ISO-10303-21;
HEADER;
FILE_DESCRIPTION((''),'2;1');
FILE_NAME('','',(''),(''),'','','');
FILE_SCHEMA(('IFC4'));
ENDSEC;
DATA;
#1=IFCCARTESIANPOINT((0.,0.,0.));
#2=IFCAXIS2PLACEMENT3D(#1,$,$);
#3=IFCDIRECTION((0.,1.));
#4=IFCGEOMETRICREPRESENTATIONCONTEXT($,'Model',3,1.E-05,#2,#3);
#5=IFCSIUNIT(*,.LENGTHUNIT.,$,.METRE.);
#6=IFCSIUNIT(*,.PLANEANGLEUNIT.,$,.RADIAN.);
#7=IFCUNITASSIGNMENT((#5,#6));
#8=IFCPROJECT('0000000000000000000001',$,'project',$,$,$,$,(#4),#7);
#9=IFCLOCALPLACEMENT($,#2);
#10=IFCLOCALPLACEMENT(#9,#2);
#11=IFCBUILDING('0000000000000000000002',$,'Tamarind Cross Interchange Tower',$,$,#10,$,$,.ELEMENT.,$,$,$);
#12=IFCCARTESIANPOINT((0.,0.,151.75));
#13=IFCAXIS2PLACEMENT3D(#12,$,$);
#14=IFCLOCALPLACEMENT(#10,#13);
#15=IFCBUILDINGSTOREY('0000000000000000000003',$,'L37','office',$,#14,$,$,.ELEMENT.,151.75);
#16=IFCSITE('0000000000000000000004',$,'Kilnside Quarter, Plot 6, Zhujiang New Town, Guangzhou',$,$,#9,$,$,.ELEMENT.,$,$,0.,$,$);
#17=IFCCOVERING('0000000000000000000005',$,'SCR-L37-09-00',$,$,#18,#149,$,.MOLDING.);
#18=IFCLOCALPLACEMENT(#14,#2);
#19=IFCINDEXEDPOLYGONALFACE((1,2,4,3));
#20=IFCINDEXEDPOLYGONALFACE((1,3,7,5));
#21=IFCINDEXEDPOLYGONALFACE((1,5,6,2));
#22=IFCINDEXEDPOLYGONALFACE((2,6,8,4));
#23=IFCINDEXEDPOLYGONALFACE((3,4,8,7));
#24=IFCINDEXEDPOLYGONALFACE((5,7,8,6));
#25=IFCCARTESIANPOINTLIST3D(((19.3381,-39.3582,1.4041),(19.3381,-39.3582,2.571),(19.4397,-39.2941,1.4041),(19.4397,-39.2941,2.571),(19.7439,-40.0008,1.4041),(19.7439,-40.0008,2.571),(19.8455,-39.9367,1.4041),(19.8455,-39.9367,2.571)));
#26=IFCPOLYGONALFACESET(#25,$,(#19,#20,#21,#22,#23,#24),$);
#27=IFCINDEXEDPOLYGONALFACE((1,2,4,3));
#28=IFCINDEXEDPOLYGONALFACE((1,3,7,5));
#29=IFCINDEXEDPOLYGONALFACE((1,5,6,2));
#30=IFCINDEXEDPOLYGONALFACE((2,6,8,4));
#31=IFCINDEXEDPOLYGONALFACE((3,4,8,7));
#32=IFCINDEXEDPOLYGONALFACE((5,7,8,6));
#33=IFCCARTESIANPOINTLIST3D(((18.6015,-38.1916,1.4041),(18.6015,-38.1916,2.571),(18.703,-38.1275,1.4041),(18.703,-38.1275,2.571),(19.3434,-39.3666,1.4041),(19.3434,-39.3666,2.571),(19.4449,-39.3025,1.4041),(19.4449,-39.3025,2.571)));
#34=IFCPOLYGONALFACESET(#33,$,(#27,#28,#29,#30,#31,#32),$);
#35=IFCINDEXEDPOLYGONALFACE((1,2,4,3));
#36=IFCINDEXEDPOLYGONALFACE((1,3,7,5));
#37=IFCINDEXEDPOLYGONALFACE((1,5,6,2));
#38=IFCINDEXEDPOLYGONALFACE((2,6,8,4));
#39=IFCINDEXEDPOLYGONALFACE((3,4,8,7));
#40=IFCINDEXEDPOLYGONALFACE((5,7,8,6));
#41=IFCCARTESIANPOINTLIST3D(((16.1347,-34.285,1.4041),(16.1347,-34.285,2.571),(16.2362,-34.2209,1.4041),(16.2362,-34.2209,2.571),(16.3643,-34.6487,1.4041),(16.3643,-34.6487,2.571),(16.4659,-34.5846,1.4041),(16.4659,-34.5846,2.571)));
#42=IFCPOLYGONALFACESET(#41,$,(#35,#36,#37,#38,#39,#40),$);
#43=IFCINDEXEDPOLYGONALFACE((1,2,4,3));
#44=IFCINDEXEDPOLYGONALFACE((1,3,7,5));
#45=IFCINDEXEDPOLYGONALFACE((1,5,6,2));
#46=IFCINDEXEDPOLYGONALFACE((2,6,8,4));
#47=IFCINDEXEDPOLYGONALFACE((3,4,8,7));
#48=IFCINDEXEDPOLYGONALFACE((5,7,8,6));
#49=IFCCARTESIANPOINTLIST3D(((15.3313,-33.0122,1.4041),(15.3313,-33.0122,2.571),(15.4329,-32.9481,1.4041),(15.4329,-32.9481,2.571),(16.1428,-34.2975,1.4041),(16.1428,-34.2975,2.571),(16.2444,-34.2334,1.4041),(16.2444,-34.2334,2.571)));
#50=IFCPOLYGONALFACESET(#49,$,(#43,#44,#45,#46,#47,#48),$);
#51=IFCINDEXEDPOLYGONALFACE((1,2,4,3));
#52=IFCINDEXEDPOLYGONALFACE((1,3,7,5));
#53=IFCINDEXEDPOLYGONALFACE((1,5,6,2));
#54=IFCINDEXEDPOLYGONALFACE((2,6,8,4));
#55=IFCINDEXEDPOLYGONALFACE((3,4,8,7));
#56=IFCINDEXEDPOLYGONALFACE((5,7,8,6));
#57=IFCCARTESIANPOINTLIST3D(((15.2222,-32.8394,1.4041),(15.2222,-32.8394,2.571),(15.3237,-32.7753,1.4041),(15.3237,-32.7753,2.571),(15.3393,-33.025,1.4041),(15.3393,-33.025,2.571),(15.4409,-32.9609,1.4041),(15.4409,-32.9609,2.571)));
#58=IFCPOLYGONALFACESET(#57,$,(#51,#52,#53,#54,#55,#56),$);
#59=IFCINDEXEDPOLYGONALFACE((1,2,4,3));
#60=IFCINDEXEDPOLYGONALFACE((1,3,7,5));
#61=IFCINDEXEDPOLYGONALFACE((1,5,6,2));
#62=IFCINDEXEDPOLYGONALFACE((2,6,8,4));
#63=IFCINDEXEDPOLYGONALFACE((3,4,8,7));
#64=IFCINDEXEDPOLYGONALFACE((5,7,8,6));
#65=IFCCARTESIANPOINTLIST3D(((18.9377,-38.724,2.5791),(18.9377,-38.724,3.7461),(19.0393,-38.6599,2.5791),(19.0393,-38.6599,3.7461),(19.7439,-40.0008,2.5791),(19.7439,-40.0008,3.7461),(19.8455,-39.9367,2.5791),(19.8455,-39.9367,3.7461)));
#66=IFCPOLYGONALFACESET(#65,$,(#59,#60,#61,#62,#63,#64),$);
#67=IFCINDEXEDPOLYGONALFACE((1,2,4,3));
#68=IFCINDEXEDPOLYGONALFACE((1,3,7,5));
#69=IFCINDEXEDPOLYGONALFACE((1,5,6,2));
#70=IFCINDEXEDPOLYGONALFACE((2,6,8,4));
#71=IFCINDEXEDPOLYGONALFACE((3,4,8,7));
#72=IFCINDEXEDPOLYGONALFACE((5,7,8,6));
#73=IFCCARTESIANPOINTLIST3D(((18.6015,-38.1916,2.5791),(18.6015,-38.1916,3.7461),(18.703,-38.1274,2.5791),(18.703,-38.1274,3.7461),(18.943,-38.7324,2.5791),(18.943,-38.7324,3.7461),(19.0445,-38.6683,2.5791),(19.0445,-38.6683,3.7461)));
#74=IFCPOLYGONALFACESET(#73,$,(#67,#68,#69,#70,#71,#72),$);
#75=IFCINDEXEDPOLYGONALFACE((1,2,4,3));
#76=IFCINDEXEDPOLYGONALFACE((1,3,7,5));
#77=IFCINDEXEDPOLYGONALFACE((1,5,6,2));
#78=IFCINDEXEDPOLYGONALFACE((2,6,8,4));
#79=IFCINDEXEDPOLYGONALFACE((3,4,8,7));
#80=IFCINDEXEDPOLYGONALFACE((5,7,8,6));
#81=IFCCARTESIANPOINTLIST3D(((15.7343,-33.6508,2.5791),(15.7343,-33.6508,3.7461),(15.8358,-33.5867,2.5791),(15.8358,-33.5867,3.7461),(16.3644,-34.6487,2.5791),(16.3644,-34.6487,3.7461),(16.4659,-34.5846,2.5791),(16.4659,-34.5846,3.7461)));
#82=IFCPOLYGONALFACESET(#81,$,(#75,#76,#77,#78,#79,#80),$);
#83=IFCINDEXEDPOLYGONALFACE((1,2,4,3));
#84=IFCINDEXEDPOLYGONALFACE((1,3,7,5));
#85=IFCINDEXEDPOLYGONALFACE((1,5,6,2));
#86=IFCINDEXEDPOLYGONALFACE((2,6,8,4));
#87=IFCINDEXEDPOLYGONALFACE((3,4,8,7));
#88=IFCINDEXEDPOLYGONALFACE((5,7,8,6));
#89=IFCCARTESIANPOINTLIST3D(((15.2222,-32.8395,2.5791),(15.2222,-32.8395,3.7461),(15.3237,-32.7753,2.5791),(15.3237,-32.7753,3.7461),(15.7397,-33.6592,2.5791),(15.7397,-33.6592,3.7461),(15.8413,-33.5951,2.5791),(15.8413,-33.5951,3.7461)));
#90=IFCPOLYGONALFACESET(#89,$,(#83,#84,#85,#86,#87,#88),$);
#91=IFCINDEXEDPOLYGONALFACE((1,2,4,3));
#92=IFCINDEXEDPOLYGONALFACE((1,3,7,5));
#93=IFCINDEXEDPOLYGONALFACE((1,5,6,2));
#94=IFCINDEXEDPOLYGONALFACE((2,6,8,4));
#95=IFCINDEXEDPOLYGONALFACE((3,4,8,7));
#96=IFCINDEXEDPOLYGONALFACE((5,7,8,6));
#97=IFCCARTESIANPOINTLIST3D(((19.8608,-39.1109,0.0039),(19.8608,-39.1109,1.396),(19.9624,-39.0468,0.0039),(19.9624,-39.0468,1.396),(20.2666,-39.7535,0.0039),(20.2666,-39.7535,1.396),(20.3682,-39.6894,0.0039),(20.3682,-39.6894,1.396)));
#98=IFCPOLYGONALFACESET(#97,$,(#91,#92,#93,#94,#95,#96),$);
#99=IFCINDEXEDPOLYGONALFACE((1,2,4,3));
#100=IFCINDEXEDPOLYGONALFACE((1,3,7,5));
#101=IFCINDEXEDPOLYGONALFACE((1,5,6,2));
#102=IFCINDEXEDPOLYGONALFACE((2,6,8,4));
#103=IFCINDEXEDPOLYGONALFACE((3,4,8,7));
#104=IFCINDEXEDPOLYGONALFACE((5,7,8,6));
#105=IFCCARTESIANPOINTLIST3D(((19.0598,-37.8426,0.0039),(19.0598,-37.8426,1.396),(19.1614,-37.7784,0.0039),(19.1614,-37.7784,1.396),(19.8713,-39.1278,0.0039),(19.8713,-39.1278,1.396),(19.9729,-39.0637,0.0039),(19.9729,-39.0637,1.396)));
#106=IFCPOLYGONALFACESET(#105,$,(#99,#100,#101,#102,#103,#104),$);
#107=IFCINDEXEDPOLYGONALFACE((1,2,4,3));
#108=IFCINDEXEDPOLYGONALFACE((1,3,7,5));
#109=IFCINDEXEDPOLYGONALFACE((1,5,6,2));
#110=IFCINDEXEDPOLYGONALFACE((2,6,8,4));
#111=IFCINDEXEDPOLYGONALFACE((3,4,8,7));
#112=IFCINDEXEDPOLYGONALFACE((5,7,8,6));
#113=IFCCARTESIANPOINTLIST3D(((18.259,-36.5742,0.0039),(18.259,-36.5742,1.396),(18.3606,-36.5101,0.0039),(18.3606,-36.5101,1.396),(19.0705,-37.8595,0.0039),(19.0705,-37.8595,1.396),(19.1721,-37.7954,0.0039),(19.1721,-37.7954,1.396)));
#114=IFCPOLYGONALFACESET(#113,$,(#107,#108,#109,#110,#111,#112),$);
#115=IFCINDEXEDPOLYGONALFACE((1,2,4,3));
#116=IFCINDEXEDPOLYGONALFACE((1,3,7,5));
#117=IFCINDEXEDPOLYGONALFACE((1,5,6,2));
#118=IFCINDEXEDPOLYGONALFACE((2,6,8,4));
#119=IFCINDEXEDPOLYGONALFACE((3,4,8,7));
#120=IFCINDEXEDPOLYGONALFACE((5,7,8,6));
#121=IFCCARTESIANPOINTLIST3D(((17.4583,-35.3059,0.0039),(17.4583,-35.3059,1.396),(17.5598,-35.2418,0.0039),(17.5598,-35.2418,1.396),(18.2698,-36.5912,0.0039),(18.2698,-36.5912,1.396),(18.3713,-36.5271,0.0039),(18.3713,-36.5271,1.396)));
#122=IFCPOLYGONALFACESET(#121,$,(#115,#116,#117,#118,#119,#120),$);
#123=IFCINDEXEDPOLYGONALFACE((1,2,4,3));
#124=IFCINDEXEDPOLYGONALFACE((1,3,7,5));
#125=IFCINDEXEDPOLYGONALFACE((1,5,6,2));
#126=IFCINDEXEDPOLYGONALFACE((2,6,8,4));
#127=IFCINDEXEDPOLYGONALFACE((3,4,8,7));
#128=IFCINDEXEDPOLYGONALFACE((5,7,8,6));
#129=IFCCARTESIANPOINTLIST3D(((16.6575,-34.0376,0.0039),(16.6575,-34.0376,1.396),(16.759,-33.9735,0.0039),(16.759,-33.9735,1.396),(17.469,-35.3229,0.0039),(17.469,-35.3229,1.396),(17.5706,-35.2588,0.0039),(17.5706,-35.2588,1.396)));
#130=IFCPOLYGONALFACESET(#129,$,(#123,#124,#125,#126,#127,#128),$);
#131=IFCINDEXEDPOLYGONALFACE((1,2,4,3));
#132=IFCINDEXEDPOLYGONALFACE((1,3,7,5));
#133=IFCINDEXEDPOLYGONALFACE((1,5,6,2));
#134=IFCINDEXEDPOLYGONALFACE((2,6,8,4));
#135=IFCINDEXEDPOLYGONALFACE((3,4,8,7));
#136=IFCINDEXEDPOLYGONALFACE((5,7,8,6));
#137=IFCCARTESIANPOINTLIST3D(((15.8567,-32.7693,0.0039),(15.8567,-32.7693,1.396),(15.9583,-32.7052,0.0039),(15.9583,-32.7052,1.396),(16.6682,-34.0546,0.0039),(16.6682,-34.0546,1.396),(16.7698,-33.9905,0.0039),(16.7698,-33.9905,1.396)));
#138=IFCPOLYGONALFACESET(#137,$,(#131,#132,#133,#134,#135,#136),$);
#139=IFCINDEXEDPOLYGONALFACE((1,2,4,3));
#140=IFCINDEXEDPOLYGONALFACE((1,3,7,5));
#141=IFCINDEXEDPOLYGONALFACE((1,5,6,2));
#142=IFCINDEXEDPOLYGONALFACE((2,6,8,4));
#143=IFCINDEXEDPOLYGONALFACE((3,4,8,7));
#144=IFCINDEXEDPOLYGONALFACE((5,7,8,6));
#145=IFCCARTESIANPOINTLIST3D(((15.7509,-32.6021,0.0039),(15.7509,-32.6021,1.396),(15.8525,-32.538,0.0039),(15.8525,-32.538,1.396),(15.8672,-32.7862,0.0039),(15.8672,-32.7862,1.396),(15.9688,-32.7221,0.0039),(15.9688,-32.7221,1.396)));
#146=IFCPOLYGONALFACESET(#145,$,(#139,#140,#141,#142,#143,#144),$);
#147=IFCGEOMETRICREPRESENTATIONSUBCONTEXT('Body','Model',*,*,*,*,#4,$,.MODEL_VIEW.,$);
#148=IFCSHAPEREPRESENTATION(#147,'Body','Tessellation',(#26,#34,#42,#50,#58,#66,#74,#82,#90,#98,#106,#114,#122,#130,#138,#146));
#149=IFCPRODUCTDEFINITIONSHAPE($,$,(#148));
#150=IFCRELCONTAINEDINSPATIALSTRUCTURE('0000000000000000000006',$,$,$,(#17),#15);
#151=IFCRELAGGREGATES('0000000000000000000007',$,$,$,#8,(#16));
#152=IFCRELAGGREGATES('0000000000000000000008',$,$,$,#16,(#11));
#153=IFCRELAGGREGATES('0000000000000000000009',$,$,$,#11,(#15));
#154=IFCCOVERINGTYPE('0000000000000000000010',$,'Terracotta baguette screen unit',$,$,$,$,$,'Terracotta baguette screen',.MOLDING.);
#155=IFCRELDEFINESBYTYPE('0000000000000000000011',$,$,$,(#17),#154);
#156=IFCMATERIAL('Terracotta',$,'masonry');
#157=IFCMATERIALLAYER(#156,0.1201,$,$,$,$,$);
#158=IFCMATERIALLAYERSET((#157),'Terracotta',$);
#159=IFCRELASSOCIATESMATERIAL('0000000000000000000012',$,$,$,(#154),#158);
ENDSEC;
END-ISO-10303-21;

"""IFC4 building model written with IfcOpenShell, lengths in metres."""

from ifc_helpers import new_model, si_unit, direction, frame, origin, origin_2d, place, context, subcontext, project, spatial, rectangle, extrude, material, layer, layer_set, type_object, element, save


model = new_model("IFC4")

# Units and contexts
model_context = context("Model", 3, precision=1e-05, world=origin(), true_north=direction((0.0, 1.0)))
body_context = subcontext(model_context, "Body", "Model", "MODEL_VIEW")
ifc_project = project(units=[si_unit("LENGTHUNIT", "METRE"), si_unit("PLANEANGLEUNIT", "RADIAN")], contexts=[model_context])

# Site, building, storey
site_placement = place(None, origin())
site = spatial("IfcSite", under=ifc_project, at=site_placement, Name="Kilnside Quarter, Plot 6, Zhujiang New Town, Guangzhou", CompositionType="ELEMENT", RefElevation=0.0)
building_placement = place(site_placement, origin())
building = spatial("IfcBuilding", under=site, at=building_placement, Name="Tamarind Cross Interchange Tower", CompositionType="ELEMENT")
storey_placement = place(building_placement, frame((0.0, 0.0, 151.75)))
storey = spatial("IfcBuildingStorey", under=building, at=storey_placement, Name="L37", Description="office", CompositionType="ELEMENT", Elevation=151.75)

# Covering
ifc_material_1 = material(Name="Terracotta", Category="masonry")
ifc_layer_1 = layer(ifc_material_1, 0.1201)
ifc_layer_set_1 = layer_set([ifc_layer_1], Name="Terracotta")
covering_type = type_object("IfcCoveringType", Name="Terracotta baguette screen unit", ElementType="Terracotta baguette screen", PredefinedType="MOLDING", material=ifc_layer_set_1)
covering_1_placement = place(storey_placement, origin())
element("IfcCovering", 1, at=covering_1_placement, inside=storey, type_object=covering_type, Name="SCR-L37-09-00", PredefinedType="MOLDING", context=body_context, shape_type="SweptSolid", body=[
    extrude(rectangle(XDim=0.76, YDim=0.1201, at=origin_2d()), frame((19.5918, -39.6475, 1.4041), z_axis=(0.0, 0.0, 1.0), x_axis=(-0.533881, 0.84556, 0.0)), (0.0, 0.0, 1.0), 1.167),
    extrude(rectangle(XDim=1.3896, YDim=0.1201, at=origin_2d()), frame((19.0232, -38.7471, 1.4041), z_axis=(0.0, 0.0, 1.0), x_axis=(-0.533881, 0.84556, 0.0)), (0.0, 0.0, 1.0), 1.167),
    extrude(rectangle(XDim=0.4302, YDim=0.1201, at=origin_2d()), frame((16.3003, -34.4348, 1.4041), z_axis=(0.0, 0.0, 1.0), x_axis=(-0.533881, 0.84556, 0.0)), (0.0, 0.0, 1.0), 1.167),
    extrude(rectangle(XDim=1.52, YDim=0.1201, at=origin_2d()), frame((15.7878, -33.6228, 1.4041), z_axis=(0.0, 0.0, 1.0), x_axis=(-0.533881, 0.84556, 0.0)), (0.0, 0.0, 1.0), 1.167),
    extrude(rectangle(XDim=0.2195, YDim=0.1201, at=origin_2d()), frame((15.3315, -32.9001, 1.4041), z_axis=(0.0, 0.0, 1.0), x_axis=(-0.533881, 0.84556, 0.0)), (0.0, 0.0, 1.0), 1.167),
    extrude(rectangle(XDim=1.51, YDim=0.1201, at=origin_2d()), frame((19.3916, -39.3303, 2.5791), z_axis=(0.0, 0.0, 1.0), x_axis=(-0.533881, 0.84556, 0.0)), (0.0, 0.0, 1.0), 1.167),
    extrude(rectangle(XDim=0.6396, YDim=0.1201, at=origin_2d()), frame((18.823, -38.4299, 2.5791), z_axis=(0.0, 0.0, 1.0), x_axis=(-0.533881, 0.84556, 0.0)), (0.0, 0.0, 1.0), 1.167),
    extrude(rectangle(XDim=1.1802, YDim=0.1201, at=origin_2d()), frame((16.1001, -34.1177, 2.5791), z_axis=(0.0, 0.0, 1.0), x_axis=(-0.533881, 0.84556, 0.0)), (0.0, 0.0, 1.0), 1.167),
    extrude(rectangle(XDim=0.9695, YDim=0.1201, at=origin_2d()), frame((15.5317, -33.2173, 2.5791), z_axis=(0.0, 0.0, 1.0), x_axis=(-0.533881, 0.84556, 0.0)), (0.0, 0.0, 1.0), 1.167),
    extrude(rectangle(XDim=0.76, YDim=0.1201, at=origin_2d()), frame((20.1145, -39.4001, 0.0039), z_axis=(0.0, 0.0, 1.0), x_axis=(-0.533881, 0.84556, 0.0)), (0.0, 0.0, 1.0), 1.3921),
    extrude(rectangle(XDim=1.52, YDim=0.1201, at=origin_2d()), frame((19.5164, -38.4531, 0.0039), z_axis=(0.0, 0.0, 1.0), x_axis=(-0.533881, 0.84556, 0.0)), (0.0, 0.0, 1.0), 1.3921),
    extrude(rectangle(XDim=1.52, YDim=0.1201, at=origin_2d()), frame((18.7156, -37.1848, 0.0039), z_axis=(0.0, 0.0, 1.0), x_axis=(-0.533881, 0.84556, 0.0)), (0.0, 0.0, 1.0), 1.3921),
    extrude(rectangle(XDim=1.52, YDim=0.1201, at=origin_2d()), frame((17.9148, -35.9165, 0.0039), z_axis=(0.0, 0.0, 1.0), x_axis=(-0.533881, 0.84556, 0.0)), (0.0, 0.0, 1.0), 1.3921),
    extrude(rectangle(XDim=1.52, YDim=0.1201, at=origin_2d()), frame((17.114, -34.6482, 0.0039), z_axis=(0.0, 0.0, 1.0), x_axis=(-0.533881, 0.84556, 0.0)), (0.0, 0.0, 1.0), 1.3921),
    extrude(rectangle(XDim=1.52, YDim=0.1201, at=origin_2d()), frame((16.3132, -33.3799, 0.0039), z_axis=(0.0, 0.0, 1.0), x_axis=(-0.533881, 0.84556, 0.0)), (0.0, 0.0, 1.0), 1.3921),
    extrude(rectangle(XDim=0.2178, YDim=0.1201, at=origin_2d()), frame((15.8599, -32.6621, 0.0039), z_axis=(0.0, 0.0, 1.0), x_axis=(-0.533881, 0.84556, 0.0)), (0.0, 0.0, 1.0), 1.3921),
])

save(model, "model.ifc")
